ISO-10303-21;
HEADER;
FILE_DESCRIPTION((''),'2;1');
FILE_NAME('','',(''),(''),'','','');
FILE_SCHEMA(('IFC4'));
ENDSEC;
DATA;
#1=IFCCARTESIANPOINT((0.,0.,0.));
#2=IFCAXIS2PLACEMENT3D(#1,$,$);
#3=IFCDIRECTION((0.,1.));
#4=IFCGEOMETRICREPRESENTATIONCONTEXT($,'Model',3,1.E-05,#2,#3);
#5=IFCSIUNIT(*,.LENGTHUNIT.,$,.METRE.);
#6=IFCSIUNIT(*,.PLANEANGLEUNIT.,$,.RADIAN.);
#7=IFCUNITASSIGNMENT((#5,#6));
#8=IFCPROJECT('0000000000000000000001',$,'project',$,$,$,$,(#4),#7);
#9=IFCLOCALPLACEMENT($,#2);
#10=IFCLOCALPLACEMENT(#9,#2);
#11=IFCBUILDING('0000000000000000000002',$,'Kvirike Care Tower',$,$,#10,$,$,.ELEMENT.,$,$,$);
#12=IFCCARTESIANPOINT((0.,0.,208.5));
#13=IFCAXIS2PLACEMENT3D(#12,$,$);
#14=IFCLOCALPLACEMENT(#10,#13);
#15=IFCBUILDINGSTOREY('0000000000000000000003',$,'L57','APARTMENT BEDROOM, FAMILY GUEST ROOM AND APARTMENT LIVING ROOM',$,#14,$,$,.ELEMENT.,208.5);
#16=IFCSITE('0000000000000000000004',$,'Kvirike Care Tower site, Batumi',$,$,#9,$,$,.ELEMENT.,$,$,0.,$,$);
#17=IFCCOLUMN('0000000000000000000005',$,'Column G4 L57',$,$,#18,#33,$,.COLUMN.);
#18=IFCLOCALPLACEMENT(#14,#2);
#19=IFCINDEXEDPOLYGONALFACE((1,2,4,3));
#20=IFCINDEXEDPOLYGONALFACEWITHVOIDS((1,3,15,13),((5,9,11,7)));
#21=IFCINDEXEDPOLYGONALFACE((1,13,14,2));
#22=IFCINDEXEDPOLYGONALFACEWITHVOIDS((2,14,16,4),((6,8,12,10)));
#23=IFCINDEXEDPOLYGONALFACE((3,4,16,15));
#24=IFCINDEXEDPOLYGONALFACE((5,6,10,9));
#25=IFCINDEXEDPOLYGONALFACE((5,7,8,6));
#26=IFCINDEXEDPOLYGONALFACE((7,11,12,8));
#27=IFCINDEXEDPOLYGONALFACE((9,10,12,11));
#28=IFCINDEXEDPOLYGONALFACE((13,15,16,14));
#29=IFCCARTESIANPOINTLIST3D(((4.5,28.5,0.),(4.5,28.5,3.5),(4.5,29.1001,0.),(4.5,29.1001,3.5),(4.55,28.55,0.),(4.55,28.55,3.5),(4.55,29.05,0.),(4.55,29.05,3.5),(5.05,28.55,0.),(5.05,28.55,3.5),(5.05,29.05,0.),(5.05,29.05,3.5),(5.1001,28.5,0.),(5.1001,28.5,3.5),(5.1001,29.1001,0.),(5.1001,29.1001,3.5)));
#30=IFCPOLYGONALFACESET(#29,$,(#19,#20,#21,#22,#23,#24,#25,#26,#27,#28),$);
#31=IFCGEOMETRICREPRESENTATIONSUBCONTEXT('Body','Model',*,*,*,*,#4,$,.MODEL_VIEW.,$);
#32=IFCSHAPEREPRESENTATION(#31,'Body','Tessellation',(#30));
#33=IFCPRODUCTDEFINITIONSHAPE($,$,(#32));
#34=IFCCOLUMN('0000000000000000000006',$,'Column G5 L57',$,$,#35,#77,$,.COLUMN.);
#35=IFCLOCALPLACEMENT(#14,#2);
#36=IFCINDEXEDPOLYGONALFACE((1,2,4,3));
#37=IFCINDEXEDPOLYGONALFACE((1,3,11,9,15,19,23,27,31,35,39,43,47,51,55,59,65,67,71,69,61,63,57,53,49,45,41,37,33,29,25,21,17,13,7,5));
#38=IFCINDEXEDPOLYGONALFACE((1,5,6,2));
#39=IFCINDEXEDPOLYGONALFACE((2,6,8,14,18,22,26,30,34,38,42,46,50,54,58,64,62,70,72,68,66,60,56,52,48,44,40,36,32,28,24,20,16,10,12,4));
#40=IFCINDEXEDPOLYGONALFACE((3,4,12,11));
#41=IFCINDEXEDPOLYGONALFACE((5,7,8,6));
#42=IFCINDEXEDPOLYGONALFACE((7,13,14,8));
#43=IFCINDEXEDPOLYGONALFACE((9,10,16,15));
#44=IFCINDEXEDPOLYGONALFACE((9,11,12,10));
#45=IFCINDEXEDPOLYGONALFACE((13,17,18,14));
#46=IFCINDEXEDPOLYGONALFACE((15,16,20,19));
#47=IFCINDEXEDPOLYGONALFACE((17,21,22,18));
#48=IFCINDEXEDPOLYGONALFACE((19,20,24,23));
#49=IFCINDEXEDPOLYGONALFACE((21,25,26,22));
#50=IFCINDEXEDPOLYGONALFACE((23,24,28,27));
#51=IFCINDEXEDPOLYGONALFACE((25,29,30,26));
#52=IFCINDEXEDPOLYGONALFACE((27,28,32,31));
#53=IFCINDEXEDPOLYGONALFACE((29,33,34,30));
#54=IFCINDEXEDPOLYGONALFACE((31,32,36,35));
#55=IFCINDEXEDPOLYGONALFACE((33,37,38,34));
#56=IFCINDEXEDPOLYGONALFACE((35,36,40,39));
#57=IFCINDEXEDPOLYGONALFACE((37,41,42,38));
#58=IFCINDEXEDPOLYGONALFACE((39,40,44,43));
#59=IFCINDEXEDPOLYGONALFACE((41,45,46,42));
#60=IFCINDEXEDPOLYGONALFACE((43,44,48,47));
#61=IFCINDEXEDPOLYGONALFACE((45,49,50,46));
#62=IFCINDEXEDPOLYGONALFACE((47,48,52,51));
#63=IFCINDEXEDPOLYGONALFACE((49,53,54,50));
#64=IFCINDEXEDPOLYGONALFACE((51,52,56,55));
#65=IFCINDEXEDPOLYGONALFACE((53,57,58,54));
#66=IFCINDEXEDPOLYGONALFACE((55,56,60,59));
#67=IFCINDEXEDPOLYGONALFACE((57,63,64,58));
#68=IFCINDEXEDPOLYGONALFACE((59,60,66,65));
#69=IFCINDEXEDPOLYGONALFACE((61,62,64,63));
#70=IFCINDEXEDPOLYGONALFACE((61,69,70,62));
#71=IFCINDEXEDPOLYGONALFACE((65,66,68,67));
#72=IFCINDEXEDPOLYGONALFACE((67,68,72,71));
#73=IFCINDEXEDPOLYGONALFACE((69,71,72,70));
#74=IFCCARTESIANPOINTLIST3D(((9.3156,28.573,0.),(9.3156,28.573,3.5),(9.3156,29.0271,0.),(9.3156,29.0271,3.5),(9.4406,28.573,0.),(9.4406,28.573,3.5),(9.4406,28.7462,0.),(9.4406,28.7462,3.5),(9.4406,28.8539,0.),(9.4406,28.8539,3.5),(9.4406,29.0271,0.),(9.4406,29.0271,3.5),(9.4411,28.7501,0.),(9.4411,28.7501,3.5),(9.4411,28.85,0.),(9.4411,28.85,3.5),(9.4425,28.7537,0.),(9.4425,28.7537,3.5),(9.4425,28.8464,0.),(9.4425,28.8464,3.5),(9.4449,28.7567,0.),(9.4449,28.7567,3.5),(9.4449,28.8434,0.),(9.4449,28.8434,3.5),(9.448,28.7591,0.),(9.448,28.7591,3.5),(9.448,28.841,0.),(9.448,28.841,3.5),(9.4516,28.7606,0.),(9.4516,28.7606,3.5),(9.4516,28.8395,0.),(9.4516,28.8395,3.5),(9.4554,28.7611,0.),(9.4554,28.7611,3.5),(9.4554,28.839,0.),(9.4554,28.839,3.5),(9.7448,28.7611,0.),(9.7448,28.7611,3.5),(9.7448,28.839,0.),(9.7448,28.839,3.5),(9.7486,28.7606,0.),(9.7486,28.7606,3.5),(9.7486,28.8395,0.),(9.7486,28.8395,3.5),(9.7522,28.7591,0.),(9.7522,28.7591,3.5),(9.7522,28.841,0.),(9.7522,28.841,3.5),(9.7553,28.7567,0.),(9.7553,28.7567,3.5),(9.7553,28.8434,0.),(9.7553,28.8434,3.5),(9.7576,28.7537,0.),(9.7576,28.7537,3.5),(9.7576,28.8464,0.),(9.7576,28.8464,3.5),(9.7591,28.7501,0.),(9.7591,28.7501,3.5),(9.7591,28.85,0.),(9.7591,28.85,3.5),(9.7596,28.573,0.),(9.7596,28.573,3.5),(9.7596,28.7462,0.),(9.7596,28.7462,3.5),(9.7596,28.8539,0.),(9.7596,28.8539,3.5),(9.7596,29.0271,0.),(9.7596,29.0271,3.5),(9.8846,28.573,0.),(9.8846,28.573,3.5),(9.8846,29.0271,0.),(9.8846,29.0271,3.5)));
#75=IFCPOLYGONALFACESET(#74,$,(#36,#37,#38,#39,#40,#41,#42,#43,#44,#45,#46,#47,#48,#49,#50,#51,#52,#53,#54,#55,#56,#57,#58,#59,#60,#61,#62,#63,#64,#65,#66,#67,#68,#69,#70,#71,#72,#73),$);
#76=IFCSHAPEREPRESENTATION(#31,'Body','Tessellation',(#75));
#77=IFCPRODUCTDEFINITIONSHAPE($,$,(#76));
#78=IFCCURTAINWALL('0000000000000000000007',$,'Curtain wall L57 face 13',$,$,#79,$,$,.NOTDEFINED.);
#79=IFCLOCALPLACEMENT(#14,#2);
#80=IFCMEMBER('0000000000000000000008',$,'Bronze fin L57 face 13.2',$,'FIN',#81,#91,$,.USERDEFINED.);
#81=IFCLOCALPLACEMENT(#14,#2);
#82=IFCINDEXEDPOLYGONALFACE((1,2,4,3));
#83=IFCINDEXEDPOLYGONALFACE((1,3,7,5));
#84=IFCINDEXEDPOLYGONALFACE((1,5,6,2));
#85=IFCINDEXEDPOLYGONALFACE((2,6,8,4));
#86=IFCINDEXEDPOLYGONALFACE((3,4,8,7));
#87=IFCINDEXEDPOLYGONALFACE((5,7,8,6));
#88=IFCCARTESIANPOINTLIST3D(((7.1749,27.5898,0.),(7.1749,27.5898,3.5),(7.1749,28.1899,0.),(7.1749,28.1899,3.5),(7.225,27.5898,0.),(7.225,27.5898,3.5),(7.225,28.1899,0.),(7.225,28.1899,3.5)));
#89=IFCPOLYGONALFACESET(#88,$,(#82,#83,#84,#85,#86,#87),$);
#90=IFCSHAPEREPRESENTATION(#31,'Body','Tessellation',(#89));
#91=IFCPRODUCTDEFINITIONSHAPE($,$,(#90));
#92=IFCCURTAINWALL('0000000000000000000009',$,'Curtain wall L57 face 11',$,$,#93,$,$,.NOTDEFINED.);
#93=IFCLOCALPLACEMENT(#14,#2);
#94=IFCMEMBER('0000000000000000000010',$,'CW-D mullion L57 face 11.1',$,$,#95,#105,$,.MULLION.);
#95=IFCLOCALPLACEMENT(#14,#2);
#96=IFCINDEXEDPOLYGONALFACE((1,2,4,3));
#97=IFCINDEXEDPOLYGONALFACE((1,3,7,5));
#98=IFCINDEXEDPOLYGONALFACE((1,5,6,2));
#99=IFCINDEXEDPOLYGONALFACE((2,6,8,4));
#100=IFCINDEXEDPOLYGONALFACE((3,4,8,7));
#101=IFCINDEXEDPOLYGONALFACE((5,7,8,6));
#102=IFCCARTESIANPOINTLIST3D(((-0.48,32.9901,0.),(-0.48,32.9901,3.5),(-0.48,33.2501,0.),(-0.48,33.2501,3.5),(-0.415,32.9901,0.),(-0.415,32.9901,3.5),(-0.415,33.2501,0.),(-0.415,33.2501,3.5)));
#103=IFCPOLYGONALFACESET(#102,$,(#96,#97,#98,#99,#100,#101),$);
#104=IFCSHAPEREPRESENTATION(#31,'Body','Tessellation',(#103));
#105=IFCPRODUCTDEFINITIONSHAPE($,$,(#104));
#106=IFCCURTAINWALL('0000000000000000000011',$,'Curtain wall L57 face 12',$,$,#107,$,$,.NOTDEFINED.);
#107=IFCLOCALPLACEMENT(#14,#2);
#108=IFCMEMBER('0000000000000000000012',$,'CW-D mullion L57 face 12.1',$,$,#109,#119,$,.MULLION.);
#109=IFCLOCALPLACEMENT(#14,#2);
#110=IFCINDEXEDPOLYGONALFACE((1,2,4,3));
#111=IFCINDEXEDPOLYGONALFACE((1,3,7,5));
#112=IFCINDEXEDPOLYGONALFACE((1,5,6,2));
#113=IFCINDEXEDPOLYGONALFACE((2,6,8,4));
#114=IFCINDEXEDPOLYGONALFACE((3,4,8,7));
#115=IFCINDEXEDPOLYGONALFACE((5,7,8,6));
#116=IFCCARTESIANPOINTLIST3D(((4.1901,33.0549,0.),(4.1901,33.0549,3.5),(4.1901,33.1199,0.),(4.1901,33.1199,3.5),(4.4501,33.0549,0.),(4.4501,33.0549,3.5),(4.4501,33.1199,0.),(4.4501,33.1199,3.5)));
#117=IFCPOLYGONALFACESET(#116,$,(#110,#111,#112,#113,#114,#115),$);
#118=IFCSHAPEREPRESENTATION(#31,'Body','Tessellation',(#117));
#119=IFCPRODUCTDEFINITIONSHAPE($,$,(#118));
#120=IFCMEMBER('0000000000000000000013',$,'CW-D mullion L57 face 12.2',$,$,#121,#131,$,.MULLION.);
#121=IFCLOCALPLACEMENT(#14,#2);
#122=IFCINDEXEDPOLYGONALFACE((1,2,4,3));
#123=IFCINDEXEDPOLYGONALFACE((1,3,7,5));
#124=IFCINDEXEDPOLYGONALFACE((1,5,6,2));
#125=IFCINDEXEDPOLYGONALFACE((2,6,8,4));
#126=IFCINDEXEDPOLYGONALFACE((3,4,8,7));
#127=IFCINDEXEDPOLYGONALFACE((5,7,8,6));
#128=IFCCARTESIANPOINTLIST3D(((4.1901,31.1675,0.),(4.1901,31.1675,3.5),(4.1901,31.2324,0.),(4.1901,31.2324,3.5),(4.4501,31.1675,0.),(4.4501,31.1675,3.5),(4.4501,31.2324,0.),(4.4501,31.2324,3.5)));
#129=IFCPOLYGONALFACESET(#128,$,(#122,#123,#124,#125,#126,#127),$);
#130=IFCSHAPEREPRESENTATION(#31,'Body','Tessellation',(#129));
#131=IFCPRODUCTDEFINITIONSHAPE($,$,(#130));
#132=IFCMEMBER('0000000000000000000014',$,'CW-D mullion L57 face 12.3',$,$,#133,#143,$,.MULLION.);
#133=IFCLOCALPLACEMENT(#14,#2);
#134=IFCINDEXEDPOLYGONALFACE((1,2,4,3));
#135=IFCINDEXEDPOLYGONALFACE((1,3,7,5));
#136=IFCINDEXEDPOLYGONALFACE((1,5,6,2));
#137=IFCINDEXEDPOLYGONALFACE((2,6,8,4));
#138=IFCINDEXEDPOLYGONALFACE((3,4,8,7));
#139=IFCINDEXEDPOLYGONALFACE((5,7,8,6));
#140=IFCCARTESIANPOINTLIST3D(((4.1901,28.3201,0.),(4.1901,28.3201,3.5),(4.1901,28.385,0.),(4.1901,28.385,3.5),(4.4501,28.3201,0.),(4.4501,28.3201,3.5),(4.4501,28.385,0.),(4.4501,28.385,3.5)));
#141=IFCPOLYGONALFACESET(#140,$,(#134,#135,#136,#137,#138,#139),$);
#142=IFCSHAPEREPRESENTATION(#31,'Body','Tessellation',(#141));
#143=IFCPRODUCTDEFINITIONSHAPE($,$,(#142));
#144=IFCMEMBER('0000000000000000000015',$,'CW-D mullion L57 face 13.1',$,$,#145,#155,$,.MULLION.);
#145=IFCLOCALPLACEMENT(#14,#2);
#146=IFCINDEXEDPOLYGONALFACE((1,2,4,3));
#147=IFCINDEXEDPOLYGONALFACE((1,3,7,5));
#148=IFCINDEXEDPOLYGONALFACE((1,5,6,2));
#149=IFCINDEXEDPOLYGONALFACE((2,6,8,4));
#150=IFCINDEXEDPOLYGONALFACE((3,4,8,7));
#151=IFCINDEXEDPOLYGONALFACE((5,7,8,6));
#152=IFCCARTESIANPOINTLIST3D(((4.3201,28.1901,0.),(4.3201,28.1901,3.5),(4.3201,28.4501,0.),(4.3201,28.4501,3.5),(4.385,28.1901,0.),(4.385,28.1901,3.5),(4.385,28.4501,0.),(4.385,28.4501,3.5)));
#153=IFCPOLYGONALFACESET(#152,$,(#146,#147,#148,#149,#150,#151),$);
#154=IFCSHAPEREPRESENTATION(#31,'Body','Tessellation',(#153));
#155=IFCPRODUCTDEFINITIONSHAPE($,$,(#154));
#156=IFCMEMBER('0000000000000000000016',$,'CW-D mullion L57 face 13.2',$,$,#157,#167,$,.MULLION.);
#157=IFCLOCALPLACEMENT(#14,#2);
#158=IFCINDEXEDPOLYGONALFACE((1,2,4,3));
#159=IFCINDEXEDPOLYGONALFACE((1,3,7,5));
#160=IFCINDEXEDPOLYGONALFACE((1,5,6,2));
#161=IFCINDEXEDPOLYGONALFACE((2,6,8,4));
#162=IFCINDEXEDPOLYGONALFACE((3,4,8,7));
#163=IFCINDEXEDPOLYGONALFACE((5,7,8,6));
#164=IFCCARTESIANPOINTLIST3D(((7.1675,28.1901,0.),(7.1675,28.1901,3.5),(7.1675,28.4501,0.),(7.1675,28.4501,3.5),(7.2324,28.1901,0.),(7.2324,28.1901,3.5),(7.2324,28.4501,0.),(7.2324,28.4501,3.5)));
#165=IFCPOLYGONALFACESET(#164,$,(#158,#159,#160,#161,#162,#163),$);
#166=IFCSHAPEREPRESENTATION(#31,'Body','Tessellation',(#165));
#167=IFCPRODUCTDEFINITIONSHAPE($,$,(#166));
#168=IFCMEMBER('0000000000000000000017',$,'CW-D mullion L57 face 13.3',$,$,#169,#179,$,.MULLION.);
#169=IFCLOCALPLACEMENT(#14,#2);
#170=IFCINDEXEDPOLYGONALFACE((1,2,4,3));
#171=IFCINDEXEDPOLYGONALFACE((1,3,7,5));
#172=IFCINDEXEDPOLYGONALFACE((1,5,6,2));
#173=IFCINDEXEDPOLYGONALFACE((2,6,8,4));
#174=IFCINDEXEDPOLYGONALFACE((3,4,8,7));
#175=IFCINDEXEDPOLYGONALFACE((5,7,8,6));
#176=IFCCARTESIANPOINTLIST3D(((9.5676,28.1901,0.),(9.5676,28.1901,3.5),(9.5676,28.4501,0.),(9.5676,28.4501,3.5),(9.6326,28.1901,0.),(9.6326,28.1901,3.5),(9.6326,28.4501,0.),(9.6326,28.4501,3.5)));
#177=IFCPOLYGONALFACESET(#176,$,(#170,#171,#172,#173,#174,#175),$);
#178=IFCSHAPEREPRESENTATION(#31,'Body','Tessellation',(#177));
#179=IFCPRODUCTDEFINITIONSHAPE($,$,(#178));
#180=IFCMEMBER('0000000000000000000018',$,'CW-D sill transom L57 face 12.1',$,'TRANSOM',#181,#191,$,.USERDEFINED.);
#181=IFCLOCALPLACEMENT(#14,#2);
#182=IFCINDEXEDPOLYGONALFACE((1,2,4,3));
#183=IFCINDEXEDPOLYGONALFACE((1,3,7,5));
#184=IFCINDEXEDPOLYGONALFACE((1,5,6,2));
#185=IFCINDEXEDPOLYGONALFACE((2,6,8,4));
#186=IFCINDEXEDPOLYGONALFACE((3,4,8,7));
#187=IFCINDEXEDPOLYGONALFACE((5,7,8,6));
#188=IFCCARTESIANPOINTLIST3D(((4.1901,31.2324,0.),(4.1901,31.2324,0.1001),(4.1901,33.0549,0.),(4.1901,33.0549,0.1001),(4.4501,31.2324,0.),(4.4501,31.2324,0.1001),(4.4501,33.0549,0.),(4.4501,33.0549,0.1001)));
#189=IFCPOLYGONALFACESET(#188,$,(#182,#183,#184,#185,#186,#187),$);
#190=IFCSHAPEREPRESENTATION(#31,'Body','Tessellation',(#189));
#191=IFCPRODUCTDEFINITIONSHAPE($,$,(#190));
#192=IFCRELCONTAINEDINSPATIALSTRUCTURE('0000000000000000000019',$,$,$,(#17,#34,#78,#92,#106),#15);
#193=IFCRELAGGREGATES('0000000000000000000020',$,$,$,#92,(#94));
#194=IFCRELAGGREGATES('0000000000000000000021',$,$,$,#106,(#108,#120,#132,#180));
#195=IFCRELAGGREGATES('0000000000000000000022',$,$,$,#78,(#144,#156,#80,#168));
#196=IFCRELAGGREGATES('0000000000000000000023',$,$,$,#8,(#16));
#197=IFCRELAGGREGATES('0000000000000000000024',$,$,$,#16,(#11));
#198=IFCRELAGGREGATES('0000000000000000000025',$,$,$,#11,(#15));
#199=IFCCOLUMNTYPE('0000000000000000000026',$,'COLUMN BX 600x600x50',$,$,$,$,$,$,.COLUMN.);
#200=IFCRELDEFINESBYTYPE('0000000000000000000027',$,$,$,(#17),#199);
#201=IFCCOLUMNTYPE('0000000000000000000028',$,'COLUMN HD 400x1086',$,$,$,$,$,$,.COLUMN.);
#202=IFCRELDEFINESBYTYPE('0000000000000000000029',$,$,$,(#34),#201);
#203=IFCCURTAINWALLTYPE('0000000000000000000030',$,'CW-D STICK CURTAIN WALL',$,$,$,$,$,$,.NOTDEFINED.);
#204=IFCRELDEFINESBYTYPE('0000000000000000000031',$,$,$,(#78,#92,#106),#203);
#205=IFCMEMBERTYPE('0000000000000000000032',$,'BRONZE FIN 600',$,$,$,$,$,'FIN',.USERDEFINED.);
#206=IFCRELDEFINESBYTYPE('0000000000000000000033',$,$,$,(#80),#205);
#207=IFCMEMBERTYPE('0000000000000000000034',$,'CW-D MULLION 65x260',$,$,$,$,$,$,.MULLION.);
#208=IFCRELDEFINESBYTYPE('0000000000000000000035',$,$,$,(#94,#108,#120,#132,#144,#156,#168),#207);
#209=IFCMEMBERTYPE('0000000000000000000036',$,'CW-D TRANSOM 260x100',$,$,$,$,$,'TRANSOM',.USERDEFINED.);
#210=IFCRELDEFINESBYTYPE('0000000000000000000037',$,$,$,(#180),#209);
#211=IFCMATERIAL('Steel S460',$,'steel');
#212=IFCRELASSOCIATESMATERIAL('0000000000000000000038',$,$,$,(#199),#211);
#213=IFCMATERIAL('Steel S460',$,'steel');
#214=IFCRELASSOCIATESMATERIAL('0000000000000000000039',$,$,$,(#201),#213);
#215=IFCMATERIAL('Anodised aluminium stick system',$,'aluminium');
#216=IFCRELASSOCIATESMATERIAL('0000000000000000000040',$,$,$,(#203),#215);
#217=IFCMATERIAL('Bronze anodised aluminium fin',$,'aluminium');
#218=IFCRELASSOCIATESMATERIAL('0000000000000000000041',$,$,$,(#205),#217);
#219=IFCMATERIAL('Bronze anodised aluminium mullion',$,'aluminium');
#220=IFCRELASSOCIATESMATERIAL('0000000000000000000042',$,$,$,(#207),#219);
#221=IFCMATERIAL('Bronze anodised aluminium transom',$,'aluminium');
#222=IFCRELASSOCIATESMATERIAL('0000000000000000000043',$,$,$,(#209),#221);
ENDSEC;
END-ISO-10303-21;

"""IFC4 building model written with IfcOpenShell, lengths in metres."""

from ifc_helpers import new_model, si_unit, direction, frame, origin, origin_2d, place, context, subcontext, project, spatial, rectangle, hollow_rectangle, i_section, extrude, material, material_profile, profile_set, type_object, element, aggregate, save


model = new_model("IFC4")

# Units and contexts
model_context = context("Model", 3, precision=1e-05, world=origin(), true_north=direction((0.0, 1.0)))
body_context = subcontext(model_context, "Body", "Model", "MODEL_VIEW")
ifc_project = project(units=[si_unit("LENGTHUNIT", "METRE"), si_unit("PLANEANGLEUNIT", "RADIAN")], contexts=[model_context])

# Site, building, storey
site_placement = place(None, origin())
site = spatial("IfcSite", under=ifc_project, at=site_placement, Name="Kvirike Care Tower site, Batumi", CompositionType="ELEMENT", RefElevation=0.0)
building_placement = place(site_placement, origin())
building = spatial("IfcBuilding", under=site, at=building_placement, Name="Kvirike Care Tower", CompositionType="ELEMENT")
storey_placement = place(building_placement, frame((0.0, 0.0, 208.5)))
storey = spatial("IfcBuildingStorey", under=building, at=storey_placement, Name="L57", Description="APARTMENT BEDROOM, FAMILY GUEST ROOM AND APARTMENT LIVING ROOM", CompositionType="ELEMENT", Elevation=208.5)

# Columns
ifc_material_1 = material(Name="Steel S460", Category="steel")
ifc_material_profile_1 = material_profile(ifc_material_1, hollow_rectangle(XDim=0.6001, YDim=0.6001, WallThickness=0.05, at=origin_2d()), Name="BX 600x600x50")
ifc_profile_set_1 = profile_set([ifc_material_profile_1], Name="Steel S460")
column_type_1 = type_object("IfcColumnType", Name="COLUMN BX 600x600x50", PredefinedType="COLUMN", material=ifc_profile_set_1)
column_1_placement = place(storey_placement, frame((4.8, 28.8, 0.0), z_axis=(0.0, 0.0, 1.0), x_axis=(0.0, 1.0, 0.0)))
element("IfcColumn", 1, at=column_1_placement, inside=storey, type_object=column_type_1, Name="Column G4 L57", PredefinedType="COLUMN", context=body_context, shape_type="SweptSolid", body=[
    extrude(hollow_rectangle(XDim=0.6001, YDim=0.6001, WallThickness=0.05, at=origin_2d()), origin(), (0.0, 0.0, 1.0), 3.5),
])
ifc_material_2 = material(Name="Steel S460", Category="steel")
ifc_material_profile_2 = material_profile(ifc_material_2, i_section(OverallWidth=0.4541, OverallDepth=0.5691, WebThickness=0.0779, FlangeThickness=0.125, FilletRadius=0.0149, at=origin_2d()), Name="HD 400x1086")
ifc_profile_set_2 = profile_set([ifc_material_profile_2], Name="Steel S460")
column_type_2 = type_object("IfcColumnType", Name="COLUMN HD 400x1086", PredefinedType="COLUMN", material=ifc_profile_set_2)
column_2_placement = place(storey_placement, frame((9.6001, 28.8, 0.0), z_axis=(0.0, 0.0, 1.0), x_axis=(0.0, 1.0, 0.0)))
element("IfcColumn", 2, at=column_2_placement, inside=storey, type_object=column_type_2, Name="Column G5 L57", PredefinedType="COLUMN", context=body_context, shape_type="SweptSolid", body=[
    extrude(i_section(OverallWidth=0.4541, OverallDepth=0.5691, WebThickness=0.0779, FlangeThickness=0.125, FilletRadius=0.0149, at=origin_2d()), origin(), (0.0, 0.0, 1.0), 3.5),
])

# Curtain walls, members
ifc_material_3 = material(Name="Anodised aluminium stick system", Category="aluminium")
curtain_wall_type = type_object("IfcCurtainWallType", Name="CW-D STICK CURTAIN WALL", PredefinedType="NOTDEFINED", material=ifc_material_3)
curtain_wall_1_placement = place(storey_placement, origin())
curtain_wall_1 = element("IfcCurtainWall", 3, at=curtain_wall_1_placement, inside=storey, type_object=curtain_wall_type, Name="Curtain wall L57 face 13", PredefinedType="NOTDEFINED")
ifc_material_4 = material(Name="Bronze anodised aluminium fin", Category="aluminium")
ifc_material_profile_3 = material_profile(ifc_material_4, rectangle(XDim=0.05, YDim=0.6001, at=origin_2d()), Name="BRONZE FIN 600")
ifc_profile_set_3 = profile_set([ifc_material_profile_3], Name="Bronze anodised aluminium fin")
member_type_1 = type_object("IfcMemberType", Name="BRONZE FIN 600", ElementType="FIN", PredefinedType="USERDEFINED", material=ifc_profile_set_3)
member_1_placement = place(storey_placement, frame((7.2, 27.8899, 0.0), z_axis=(0.0, 0.0, 1.0), x_axis=(1.0, 0.0, 0.0)))
member_1 = element("IfcMember", 4, at=member_1_placement, type_object=member_type_1, Name="Bronze fin L57 face 13.2", ObjectType="FIN", PredefinedType="USERDEFINED", context=body_context, shape_type="SweptSolid", body=[
    extrude(rectangle(XDim=0.05, YDim=0.6001, at=origin_2d()), origin(), (0.0, 0.0, 1.0), 3.5),
])
curtain_wall_2_placement = place(storey_placement, origin())
curtain_wall_2 = element("IfcCurtainWall", 5, at=curtain_wall_2_placement, inside=storey, type_object=curtain_wall_type, Name="Curtain wall L57 face 11", PredefinedType="NOTDEFINED")
ifc_material_5 = material(Name="Bronze anodised aluminium mullion", Category="aluminium")
ifc_material_profile_4 = material_profile(ifc_material_5, rectangle(XDim=0.0649, YDim=0.26, at=origin_2d()), Name="CW-D MULLION 65x260")
ifc_profile_set_4 = profile_set([ifc_material_profile_4], Name="Bronze anodised aluminium mullion")
member_type_2 = type_object("IfcMemberType", Name="CW-D MULLION 65x260", PredefinedType="MULLION", material=ifc_profile_set_4)
member_2_placement = place(storey_placement, frame((-0.4475, 33.1201, 0.0), z_axis=(0.0, 0.0, 1.0), x_axis=(1.0, 0.0, 0.0)))
member_2 = element("IfcMember", 6, at=member_2_placement, type_object=member_type_2, Name="CW-D mullion L57 face 11.1", PredefinedType="MULLION", context=body_context, shape_type="SweptSolid", body=[
    extrude(rectangle(XDim=0.0649, YDim=0.26, at=origin_2d()), origin(), (0.0, 0.0, 1.0), 3.5),
])
aggregate(curtain_wall_2, [member_2])

# Curtain wall, members
curtain_wall_3_placement = place(storey_placement, origin())
curtain_wall_3 = element("IfcCurtainWall", 7, at=curtain_wall_3_placement, inside=storey, type_object=curtain_wall_type, Name="Curtain wall L57 face 12", PredefinedType="NOTDEFINED")
member_3_placement = place(storey_placement, frame((4.3201, 33.0874, 0.0), z_axis=(0.0, 0.0, 1.0), x_axis=(0.0, -1.0, 0.0)))
member_3 = element("IfcMember", 8, at=member_3_placement, type_object=member_type_2, Name="CW-D mullion L57 face 12.1", PredefinedType="MULLION", context=body_context, shape_type="SweptSolid", body=[
    extrude(rectangle(XDim=0.0649, YDim=0.26, at=origin_2d()), origin(), (0.0, 0.0, 1.0), 3.5),
])
member_4_placement = place(storey_placement, frame((4.3201, 31.2, 0.0), z_axis=(0.0, 0.0, 1.0), x_axis=(0.0, -1.0, 0.0)))
member_4 = element("IfcMember", 9, at=member_4_placement, type_object=member_type_2, Name="CW-D mullion L57 face 12.2", PredefinedType="MULLION", context=body_context, shape_type="SweptSolid", body=[
    extrude(rectangle(XDim=0.0649, YDim=0.26, at=origin_2d()), origin(), (0.0, 0.0, 1.0), 3.5),
])
member_5_placement = place(storey_placement, frame((4.3201, 28.3525, 0.0), z_axis=(0.0, 0.0, 1.0), x_axis=(0.0, -1.0, 0.0)))
member_5 = element("IfcMember", 10, at=member_5_placement, type_object=member_type_2, Name="CW-D mullion L57 face 12.3", PredefinedType="MULLION", context=body_context, shape_type="SweptSolid", body=[
    extrude(rectangle(XDim=0.0649, YDim=0.26, at=origin_2d()), origin(), (0.0, 0.0, 1.0), 3.5),
])

# Members
member_6_placement = place(storey_placement, frame((4.3525, 28.3201, 0.0), z_axis=(0.0, 0.0, 1.0), x_axis=(1.0, 0.0, 0.0)))
member_6 = element("IfcMember", 11, at=member_6_placement, type_object=member_type_2, Name="CW-D mullion L57 face 13.1", PredefinedType="MULLION", context=body_context, shape_type="SweptSolid", body=[
    extrude(rectangle(XDim=0.0649, YDim=0.26, at=origin_2d()), origin(), (0.0, 0.0, 1.0), 3.5),
])
member_7_placement = place(storey_placement, frame((7.2, 28.3201, 0.0), z_axis=(0.0, 0.0, 1.0), x_axis=(1.0, 0.0, 0.0)))
member_7 = element("IfcMember", 12, at=member_7_placement, type_object=member_type_2, Name="CW-D mullion L57 face 13.2", PredefinedType="MULLION", context=body_context, shape_type="SweptSolid", body=[
    extrude(rectangle(XDim=0.0649, YDim=0.26, at=origin_2d()), origin(), (0.0, 0.0, 1.0), 3.5),
])
member_8_placement = place(storey_placement, frame((9.6001, 28.3201, 0.0), z_axis=(0.0, 0.0, 1.0), x_axis=(1.0, 0.0, 0.0)))
member_8 = element("IfcMember", 13, at=member_8_placement, type_object=member_type_2, Name="CW-D mullion L57 face 13.3", PredefinedType="MULLION", context=body_context, shape_type="SweptSolid", body=[
    extrude(rectangle(XDim=0.0649, YDim=0.26, at=origin_2d()), origin(), (0.0, 0.0, 1.0), 3.5),
])
ifc_material_6 = material(Name="Bronze anodised aluminium transom", Category="aluminium")
ifc_material_profile_5 = material_profile(ifc_material_6, rectangle(XDim=0.26, YDim=0.1001, at=origin_2d()), Name="CW-D TRANSOM 260x100")
ifc_profile_set_5 = profile_set([ifc_material_profile_5], Name="Bronze anodised aluminium transom")
member_type_3 = type_object("IfcMemberType", Name="CW-D TRANSOM 260x100", ElementType="TRANSOM", PredefinedType="USERDEFINED", material=ifc_profile_set_5)
member_9_placement = place(storey_placement, frame((4.3201, 33.0549, 0.05), z_axis=(0.0, -1.0, 0.0), x_axis=(1.0, 0.0, 0.0)))
member_9 = element("IfcMember", 14, at=member_9_placement, type_object=member_type_3, Name="CW-D sill transom L57 face 12.1", ObjectType="TRANSOM", PredefinedType="USERDEFINED", context=body_context, shape_type="SweptSolid", body=[
    extrude(rectangle(XDim=0.26, YDim=0.1001, at=origin_2d()), origin(), (0.0, 0.0, 1.0), 1.8225),
])

aggregate(curtain_wall_3, [member_3, member_4, member_5, member_9])
aggregate(curtain_wall_1, [member_6, member_7, member_1, member_8])

save(model, "model.ifc")
